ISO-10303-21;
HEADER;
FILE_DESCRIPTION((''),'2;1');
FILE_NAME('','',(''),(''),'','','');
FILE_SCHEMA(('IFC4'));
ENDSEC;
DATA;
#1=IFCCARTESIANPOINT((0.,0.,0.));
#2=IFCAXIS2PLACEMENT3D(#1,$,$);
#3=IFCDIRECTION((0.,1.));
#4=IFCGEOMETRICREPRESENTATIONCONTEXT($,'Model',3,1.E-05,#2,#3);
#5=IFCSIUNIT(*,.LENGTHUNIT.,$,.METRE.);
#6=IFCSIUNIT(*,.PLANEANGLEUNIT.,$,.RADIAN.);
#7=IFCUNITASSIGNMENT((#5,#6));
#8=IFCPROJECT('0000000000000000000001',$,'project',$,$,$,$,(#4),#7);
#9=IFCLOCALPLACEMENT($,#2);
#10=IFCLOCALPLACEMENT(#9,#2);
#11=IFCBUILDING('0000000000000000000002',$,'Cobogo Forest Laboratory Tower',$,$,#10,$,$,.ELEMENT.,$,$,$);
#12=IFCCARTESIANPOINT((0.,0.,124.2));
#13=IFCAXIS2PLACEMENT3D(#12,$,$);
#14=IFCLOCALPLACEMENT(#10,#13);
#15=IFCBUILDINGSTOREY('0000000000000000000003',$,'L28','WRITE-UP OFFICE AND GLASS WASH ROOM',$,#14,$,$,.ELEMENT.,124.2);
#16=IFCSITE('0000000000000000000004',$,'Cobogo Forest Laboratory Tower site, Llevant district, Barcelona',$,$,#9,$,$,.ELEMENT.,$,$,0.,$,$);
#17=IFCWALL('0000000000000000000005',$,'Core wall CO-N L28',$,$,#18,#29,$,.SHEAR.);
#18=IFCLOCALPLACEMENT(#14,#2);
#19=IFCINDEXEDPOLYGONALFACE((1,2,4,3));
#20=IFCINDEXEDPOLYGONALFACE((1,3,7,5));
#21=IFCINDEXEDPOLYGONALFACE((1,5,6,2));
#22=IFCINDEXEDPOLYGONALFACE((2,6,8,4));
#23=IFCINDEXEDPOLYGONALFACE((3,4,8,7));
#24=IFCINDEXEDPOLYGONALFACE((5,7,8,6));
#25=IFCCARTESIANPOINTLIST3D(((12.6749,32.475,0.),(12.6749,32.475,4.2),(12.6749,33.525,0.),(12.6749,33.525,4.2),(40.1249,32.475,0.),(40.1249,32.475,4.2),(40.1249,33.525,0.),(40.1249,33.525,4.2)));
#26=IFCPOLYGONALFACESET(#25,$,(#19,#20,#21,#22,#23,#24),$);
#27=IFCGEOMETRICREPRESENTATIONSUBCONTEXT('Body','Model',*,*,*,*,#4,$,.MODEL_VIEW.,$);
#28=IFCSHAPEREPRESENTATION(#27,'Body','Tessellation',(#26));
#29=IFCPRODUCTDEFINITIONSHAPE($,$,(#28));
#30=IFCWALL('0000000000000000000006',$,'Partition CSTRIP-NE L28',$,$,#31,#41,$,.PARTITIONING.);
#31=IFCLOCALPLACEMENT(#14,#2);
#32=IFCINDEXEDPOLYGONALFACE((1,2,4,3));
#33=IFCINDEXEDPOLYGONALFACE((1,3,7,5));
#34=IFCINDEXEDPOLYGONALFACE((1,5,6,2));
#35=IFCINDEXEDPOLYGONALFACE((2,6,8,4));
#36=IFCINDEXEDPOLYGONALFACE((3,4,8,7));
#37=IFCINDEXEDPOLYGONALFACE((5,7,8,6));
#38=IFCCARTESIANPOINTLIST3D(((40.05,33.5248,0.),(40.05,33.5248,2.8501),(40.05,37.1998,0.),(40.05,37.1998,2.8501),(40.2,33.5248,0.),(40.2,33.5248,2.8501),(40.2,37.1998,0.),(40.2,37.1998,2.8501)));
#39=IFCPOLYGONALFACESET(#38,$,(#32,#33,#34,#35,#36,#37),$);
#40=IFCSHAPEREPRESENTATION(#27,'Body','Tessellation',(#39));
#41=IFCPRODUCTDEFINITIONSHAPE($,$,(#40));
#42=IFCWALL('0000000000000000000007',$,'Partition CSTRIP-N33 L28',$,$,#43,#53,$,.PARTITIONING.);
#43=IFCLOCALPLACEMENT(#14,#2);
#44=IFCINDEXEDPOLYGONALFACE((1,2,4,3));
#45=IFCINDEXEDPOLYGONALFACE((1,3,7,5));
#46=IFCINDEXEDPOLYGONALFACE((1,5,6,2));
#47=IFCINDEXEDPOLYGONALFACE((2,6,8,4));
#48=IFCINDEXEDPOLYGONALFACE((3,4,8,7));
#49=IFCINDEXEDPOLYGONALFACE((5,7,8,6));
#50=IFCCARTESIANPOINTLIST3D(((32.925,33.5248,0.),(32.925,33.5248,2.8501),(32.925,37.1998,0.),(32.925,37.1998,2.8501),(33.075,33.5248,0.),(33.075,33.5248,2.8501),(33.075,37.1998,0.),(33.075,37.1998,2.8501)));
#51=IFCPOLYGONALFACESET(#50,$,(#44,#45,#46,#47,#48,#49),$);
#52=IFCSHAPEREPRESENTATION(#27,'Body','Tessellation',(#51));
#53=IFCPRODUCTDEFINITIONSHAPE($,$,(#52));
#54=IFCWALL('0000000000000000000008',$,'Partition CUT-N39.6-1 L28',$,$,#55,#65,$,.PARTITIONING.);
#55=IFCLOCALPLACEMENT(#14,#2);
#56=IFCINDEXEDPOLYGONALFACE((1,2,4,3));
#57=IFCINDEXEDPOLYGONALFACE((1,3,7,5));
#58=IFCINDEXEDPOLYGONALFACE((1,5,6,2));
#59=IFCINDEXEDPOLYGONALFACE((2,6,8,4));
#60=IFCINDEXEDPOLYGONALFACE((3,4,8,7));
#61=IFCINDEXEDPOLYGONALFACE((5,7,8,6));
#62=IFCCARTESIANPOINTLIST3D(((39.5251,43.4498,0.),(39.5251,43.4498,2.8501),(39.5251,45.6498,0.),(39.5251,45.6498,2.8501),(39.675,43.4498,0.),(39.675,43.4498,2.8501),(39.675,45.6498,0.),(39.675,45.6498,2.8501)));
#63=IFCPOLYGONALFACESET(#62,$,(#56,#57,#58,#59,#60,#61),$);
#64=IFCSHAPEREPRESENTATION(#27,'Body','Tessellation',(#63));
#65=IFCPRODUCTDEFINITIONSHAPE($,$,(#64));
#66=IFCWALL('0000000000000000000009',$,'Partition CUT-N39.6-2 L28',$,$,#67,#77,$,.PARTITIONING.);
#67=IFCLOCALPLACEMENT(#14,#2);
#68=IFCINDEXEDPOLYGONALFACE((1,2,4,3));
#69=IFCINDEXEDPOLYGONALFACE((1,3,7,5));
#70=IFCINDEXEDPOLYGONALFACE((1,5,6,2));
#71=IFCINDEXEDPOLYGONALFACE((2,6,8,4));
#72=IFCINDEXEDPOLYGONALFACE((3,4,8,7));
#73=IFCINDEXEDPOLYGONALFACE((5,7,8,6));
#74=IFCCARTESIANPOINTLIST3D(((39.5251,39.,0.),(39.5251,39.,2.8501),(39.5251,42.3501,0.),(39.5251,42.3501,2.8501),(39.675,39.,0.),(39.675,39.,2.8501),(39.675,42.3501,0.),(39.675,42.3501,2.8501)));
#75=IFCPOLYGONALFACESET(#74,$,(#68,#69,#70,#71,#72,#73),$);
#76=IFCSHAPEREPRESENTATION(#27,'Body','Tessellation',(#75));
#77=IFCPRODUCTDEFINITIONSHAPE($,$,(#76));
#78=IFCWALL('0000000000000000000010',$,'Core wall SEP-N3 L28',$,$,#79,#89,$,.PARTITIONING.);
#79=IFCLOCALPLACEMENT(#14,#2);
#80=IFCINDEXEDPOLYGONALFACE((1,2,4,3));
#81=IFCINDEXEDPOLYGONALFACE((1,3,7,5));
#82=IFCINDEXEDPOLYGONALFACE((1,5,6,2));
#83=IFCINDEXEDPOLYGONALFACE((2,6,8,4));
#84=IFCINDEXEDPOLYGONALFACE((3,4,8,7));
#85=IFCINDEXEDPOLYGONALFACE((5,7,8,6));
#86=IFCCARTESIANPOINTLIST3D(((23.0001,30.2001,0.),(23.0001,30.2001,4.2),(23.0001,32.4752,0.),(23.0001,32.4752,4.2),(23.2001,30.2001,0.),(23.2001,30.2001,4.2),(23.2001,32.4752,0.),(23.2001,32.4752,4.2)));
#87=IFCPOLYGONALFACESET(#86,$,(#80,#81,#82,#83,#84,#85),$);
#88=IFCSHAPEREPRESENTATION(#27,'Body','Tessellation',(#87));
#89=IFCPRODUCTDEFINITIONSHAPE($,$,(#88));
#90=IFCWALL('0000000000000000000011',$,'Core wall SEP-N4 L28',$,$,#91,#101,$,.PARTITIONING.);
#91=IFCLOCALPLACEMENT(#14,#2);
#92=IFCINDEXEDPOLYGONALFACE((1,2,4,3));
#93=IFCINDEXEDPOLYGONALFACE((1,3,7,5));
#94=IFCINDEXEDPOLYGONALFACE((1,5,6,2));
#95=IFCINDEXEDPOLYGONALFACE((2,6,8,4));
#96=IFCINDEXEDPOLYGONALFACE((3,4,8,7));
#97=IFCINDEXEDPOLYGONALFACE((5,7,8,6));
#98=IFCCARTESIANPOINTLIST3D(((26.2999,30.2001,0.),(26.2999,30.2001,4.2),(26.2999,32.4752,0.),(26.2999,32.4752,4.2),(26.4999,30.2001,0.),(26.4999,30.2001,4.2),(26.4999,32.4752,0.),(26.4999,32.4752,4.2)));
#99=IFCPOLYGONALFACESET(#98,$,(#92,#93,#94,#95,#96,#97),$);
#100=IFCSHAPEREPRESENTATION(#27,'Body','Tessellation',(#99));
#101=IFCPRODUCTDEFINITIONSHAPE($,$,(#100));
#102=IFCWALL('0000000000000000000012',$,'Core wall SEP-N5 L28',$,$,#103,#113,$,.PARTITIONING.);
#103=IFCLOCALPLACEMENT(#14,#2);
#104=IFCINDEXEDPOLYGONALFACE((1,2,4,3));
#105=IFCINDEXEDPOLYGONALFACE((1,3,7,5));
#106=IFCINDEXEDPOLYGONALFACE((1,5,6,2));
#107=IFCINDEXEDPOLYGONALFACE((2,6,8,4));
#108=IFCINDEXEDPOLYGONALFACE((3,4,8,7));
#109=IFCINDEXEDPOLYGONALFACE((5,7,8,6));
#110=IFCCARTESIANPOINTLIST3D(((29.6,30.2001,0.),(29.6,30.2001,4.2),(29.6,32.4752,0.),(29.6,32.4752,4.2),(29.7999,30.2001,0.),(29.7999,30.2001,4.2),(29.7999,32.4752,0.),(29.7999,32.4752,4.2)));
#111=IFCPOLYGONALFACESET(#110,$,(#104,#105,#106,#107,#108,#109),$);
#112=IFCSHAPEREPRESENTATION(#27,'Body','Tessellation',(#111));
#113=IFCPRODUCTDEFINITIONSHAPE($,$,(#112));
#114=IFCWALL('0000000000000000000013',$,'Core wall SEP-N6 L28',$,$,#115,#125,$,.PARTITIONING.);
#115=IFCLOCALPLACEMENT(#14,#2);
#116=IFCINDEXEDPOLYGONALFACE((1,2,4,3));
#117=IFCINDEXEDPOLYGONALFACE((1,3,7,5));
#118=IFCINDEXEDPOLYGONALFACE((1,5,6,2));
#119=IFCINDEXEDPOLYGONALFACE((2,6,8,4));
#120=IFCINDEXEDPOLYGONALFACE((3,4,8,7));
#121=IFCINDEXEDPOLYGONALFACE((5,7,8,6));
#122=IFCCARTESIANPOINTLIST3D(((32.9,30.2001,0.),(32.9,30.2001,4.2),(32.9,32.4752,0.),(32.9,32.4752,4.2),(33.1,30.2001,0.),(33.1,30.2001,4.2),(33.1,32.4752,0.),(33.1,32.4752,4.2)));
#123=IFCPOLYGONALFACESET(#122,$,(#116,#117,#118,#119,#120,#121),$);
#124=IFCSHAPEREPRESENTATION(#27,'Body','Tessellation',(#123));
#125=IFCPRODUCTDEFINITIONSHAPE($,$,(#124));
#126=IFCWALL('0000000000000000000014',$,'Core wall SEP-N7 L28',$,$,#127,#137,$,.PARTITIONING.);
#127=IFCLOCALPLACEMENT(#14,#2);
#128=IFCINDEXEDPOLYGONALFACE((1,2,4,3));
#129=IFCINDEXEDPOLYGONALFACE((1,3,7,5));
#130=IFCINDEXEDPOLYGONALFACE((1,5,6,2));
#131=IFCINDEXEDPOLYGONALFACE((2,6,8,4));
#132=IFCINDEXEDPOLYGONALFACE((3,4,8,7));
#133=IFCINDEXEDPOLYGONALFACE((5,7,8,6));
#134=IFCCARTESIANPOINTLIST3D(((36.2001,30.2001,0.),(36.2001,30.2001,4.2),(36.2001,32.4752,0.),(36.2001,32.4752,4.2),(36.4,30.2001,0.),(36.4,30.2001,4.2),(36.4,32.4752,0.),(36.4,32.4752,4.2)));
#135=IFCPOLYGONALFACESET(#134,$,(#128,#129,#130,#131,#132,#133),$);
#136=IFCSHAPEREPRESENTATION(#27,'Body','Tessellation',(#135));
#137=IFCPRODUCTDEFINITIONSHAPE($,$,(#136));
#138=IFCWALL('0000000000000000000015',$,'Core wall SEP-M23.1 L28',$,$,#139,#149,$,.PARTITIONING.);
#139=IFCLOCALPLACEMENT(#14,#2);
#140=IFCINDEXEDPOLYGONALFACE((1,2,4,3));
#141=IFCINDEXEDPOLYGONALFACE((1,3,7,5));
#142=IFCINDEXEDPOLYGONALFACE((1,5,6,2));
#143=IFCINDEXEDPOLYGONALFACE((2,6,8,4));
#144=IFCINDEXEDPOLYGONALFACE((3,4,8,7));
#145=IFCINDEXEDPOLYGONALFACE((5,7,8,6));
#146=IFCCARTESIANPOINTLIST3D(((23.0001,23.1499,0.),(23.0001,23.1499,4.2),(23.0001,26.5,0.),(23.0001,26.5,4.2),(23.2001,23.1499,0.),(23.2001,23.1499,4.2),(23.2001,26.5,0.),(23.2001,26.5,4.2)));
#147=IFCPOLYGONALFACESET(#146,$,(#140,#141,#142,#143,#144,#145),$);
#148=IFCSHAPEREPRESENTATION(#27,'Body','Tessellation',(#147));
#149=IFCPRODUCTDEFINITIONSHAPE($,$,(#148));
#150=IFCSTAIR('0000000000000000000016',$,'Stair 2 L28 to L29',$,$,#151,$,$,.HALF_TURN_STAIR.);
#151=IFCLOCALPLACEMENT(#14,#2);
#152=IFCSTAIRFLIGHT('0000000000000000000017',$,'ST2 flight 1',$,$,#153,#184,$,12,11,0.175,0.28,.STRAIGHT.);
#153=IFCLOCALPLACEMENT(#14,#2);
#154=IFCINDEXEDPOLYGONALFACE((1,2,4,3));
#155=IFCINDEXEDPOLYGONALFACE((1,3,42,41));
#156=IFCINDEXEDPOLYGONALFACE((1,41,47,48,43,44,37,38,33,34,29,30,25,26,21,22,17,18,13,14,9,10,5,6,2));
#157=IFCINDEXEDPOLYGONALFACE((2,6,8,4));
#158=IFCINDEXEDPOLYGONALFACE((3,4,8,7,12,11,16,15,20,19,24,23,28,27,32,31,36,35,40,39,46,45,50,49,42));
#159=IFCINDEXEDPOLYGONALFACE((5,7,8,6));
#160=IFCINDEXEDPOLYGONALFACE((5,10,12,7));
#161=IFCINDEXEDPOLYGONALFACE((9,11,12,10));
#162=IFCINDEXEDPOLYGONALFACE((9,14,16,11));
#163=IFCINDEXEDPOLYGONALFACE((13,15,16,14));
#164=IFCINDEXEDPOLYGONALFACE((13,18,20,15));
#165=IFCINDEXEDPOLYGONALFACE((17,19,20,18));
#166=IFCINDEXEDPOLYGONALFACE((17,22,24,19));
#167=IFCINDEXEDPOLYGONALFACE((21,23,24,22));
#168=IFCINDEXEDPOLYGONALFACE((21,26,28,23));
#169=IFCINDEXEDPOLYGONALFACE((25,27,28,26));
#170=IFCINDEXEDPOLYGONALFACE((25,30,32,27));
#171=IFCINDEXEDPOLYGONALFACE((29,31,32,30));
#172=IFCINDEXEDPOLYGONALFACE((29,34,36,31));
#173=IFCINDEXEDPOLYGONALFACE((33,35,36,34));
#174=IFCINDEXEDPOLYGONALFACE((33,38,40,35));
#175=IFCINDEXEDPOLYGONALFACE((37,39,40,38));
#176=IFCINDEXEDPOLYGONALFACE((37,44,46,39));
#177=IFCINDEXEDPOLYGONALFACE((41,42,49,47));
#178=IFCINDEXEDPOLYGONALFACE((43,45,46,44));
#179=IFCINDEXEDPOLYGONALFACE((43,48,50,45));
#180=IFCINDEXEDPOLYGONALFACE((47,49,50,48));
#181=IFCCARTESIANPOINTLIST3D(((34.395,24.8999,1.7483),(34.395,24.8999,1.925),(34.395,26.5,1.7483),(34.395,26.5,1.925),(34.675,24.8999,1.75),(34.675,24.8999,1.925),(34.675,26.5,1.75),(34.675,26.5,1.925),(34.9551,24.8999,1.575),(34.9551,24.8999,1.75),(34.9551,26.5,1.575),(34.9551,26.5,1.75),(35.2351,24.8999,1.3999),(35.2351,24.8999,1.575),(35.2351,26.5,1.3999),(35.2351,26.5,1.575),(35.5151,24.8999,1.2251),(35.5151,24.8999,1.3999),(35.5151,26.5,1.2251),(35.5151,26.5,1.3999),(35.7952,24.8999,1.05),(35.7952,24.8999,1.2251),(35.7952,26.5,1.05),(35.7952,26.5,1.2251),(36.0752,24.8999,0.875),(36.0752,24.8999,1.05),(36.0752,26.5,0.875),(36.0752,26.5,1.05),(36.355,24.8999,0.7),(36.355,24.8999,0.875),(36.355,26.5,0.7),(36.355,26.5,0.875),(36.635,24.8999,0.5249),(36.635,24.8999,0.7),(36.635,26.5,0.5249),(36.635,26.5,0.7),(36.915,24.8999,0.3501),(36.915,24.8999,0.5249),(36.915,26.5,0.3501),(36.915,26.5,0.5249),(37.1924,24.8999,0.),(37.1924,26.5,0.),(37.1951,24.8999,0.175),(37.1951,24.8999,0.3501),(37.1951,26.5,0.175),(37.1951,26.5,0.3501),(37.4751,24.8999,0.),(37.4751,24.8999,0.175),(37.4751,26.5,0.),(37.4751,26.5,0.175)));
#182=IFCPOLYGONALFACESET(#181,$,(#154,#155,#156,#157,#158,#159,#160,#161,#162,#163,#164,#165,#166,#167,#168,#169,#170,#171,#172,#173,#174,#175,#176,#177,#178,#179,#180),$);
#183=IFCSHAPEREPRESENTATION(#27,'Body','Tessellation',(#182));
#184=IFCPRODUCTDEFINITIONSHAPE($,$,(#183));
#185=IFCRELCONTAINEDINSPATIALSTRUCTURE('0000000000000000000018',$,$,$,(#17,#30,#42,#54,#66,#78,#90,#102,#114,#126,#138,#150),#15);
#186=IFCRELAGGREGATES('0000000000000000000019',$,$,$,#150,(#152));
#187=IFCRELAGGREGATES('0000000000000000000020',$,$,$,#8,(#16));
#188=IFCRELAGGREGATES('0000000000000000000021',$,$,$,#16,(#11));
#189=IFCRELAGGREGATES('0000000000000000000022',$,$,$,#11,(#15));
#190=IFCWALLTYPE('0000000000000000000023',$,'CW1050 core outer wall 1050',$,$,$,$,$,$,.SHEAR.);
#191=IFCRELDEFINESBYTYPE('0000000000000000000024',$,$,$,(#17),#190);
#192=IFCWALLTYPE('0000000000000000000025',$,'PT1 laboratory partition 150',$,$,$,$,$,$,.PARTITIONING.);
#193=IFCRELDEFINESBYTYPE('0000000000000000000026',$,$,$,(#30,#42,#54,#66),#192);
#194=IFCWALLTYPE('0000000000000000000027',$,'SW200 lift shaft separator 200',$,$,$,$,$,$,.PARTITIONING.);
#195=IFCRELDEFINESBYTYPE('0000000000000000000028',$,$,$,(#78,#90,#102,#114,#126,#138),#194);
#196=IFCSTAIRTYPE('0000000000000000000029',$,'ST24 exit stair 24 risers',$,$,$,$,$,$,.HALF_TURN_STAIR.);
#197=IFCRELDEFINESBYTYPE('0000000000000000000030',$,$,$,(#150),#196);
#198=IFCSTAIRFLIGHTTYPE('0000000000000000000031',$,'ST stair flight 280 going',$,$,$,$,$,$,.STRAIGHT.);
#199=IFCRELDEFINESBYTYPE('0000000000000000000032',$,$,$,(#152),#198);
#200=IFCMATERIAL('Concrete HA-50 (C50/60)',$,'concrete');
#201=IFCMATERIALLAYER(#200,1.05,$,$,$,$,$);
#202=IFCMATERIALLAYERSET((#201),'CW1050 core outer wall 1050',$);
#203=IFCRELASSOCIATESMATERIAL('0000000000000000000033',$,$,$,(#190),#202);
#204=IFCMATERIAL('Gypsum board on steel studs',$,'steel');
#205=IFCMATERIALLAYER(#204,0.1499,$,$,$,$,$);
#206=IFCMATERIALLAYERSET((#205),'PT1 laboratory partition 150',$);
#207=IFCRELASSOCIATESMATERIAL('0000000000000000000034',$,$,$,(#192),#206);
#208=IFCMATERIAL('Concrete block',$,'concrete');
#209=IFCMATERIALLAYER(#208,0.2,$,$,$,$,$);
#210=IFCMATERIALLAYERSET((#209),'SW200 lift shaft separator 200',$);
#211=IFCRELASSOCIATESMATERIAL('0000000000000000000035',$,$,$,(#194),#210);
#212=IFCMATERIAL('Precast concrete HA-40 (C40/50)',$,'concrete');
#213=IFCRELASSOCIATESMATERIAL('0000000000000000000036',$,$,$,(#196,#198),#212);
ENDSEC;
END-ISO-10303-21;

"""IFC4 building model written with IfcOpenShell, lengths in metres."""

from ifc_helpers import new_model, si_unit, direction, frame, frame_2d, origin, place, context, subcontext, project, spatial, polyline, rectangle, outline, extrude, material, layer, layer_set, type_object, element, aggregate, save


model = new_model("IFC4")

# Units and contexts
model_context = context("Model", 3, precision=1e-05, world=origin(), true_north=direction((0.0, 1.0)))
body_context = subcontext(model_context, "Body", "Model", "MODEL_VIEW")
ifc_project = project(units=[si_unit("LENGTHUNIT", "METRE"), si_unit("PLANEANGLEUNIT", "RADIAN")], contexts=[model_context])

# Site, building, storey
site_placement = place(None, origin())
site = spatial("IfcSite", under=ifc_project, at=site_placement, Name="Cobogo Forest Laboratory Tower site, Llevant district, Barcelona", CompositionType="ELEMENT", RefElevation=0.0)
building_placement = place(site_placement, origin())
building = spatial("IfcBuilding", under=site, at=building_placement, Name="Cobogo Forest Laboratory Tower", CompositionType="ELEMENT")
storey_placement = place(building_placement, frame((0.0, 0.0, 124.2)))
storey = spatial("IfcBuildingStorey", under=building, at=storey_placement, Name="L28", Description="WRITE-UP OFFICE AND GLASS WASH ROOM", CompositionType="ELEMENT", Elevation=124.2)

# Shared definitions
ifc_material_1 = material(Name="Concrete HA-50 (C50/60)", Category="concrete")

# Walls
ifc_layer_1 = layer(ifc_material_1, 1.05)
ifc_layer_set_1 = layer_set([ifc_layer_1], Name="CW1050 core outer wall 1050")
wall_type_1 = type_object("IfcWallType", Name="CW1050 core outer wall 1050", PredefinedType="SHEAR", material=ifc_layer_set_1)
wall_1_placement = place(storey_placement, frame((40.125, 33.0, 0.0), z_axis=(0.0, 0.0, 1.0), x_axis=(-1.0, 0.0, 0.0)))
element("IfcWall", 1, at=wall_1_placement, inside=storey, type_object=wall_type_1, Name="Core wall CO-N L28", PredefinedType="SHEAR", context=body_context, shape_type="SweptSolid", body=[
    extrude(rectangle(XDim=27.45, YDim=1.05, at=frame_2d((13.7251, 0.0))), origin(), (0.0, 0.0, 1.0), 4.2),
])
ifc_material_2 = material(Name="Gypsum board on steel studs", Category="steel")
ifc_layer_2 = layer(ifc_material_2, 0.1499)
ifc_layer_set_2 = layer_set([ifc_layer_2], Name="PT1 laboratory partition 150")
wall_type_2 = type_object("IfcWallType", Name="PT1 laboratory partition 150", PredefinedType="PARTITIONING", material=ifc_layer_set_2)
for number, where, z_axis, x_axis, name in (
    (2, (40.125, 33.5249, 0.0), (0.0, 0.0, 1.0), (0.0, 1.0, 0.0), "Partition CSTRIP-NE L28"),
    (3, (33.0, 33.5249, 0.0), (0.0, 0.0, 1.0), (0.0, 1.0, 0.0), "Partition CSTRIP-N33 L28"),
):
    element("IfcWall", number, at=place(storey_placement, frame(where, z_axis=z_axis, x_axis=x_axis)), inside=storey, type_object=wall_type_2, Name=name, PredefinedType="PARTITIONING", context=body_context, shape_type="SweptSolid", body=[
        extrude(rectangle(XDim=3.675, YDim=0.1499, at=frame_2d((1.8374, 0.0))), origin(), (0.0, 0.0, 1.0), 2.8501),
    ])
wall_2_placement = place(storey_placement, frame((39.6001, 45.6499, 0.0), z_axis=(0.0, 0.0, 1.0), x_axis=(0.0, -1.0, 0.0)))
element("IfcWall", 4, at=wall_2_placement, inside=storey, type_object=wall_type_2, Name="Partition CUT-N39.6-1 L28", PredefinedType="PARTITIONING", context=body_context, shape_type="SweptSolid", body=[
    extrude(rectangle(XDim=2.2, YDim=0.1499, at=frame_2d((1.1001, 0.0))), origin(), (0.0, 0.0, 1.0), 2.8501),
])
wall_3_placement = place(storey_placement, frame((39.6001, 42.3501, 0.0), z_axis=(0.0, 0.0, 1.0), x_axis=(0.0, -1.0, 0.0)))
element("IfcWall", 5, at=wall_3_placement, inside=storey, type_object=wall_type_2, Name="Partition CUT-N39.6-2 L28", PredefinedType="PARTITIONING", context=body_context, shape_type="SweptSolid", body=[
    extrude(rectangle(XDim=3.3501, YDim=0.1499, at=frame_2d((1.675, 0.0))), origin(), (0.0, 0.0, 1.0), 2.8501),
])
ifc_material_3 = material(Name="Concrete block", Category="concrete")
ifc_layer_3 = layer(ifc_material_3, 0.2)
ifc_layer_set_3 = layer_set([ifc_layer_3], Name="SW200 lift shaft separator 200")
wall_type_3 = type_object("IfcWallType", Name="SW200 lift shaft separator 200", PredefinedType="PARTITIONING", material=ifc_layer_set_3)
for number, where, z_axis, x_axis, name in (
    (6, (23.1001, 30.2, 0.0), (0.0, 0.0, 1.0), (0.0, 1.0, 0.0), "Core wall SEP-N3 L28"),
    (7, (26.3999, 30.2, 0.0), (0.0, 0.0, 1.0), (0.0, 1.0, 0.0), "Core wall SEP-N4 L28"),
    (8, (29.7, 30.2, 0.0), (0.0, 0.0, 1.0), (0.0, 1.0, 0.0), "Core wall SEP-N5 L28"),
    (9, (33.0, 30.2, 0.0), (0.0, 0.0, 1.0), (0.0, 1.0, 0.0), "Core wall SEP-N6 L28"),
    (10, (36.3, 30.2, 0.0), (0.0, 0.0, 1.0), (0.0, 1.0, 0.0), "Core wall SEP-N7 L28"),
):
    element("IfcWall", number, at=place(storey_placement, frame(where, z_axis=z_axis, x_axis=x_axis)), inside=storey, type_object=wall_type_3, Name=name, PredefinedType="PARTITIONING", context=body_context, shape_type="SweptSolid", body=[
        extrude(rectangle(XDim=2.2751, YDim=0.2, at=frame_2d((1.1377, 0.0))), origin(), (0.0, 0.0, 1.0), 4.2),
    ])
wall_4_placement = place(storey_placement, frame((23.1001, 23.1499, 0.0), z_axis=(0.0, 0.0, 1.0), x_axis=(0.0, 1.0, 0.0)))
element("IfcWall", 11, at=wall_4_placement, inside=storey, type_object=wall_type_3, Name="Core wall SEP-M23.1 L28", PredefinedType="PARTITIONING", context=body_context, shape_type="SweptSolid", body=[
    extrude(rectangle(XDim=3.3501, YDim=0.2, at=frame_2d((1.675, 0.0))), origin(), (0.0, 0.0, 1.0), 4.2),
])

# Stair, stair flight
ifc_material_4 = material(Name="Precast concrete HA-40 (C40/50)", Category="concrete")
stair_type = type_object("IfcStairType", Name="ST24 exit stair 24 risers", PredefinedType="HALF_TURN_STAIR", material=ifc_material_4)
stair_placement = place(storey_placement, origin())
stair = element("IfcStair", 12, at=stair_placement, inside=storey, type_object=stair_type, Name="Stair 2 L28 to L29", PredefinedType="HALF_TURN_STAIR")
stair_flight_type = type_object("IfcStairFlightType", Name="ST stair flight 280 going", PredefinedType="STRAIGHT", material=ifc_material_4)
stair_flight_1_placement = place(storey_placement, frame((37.4751, 25.7, 0.0), z_axis=(0.0, 0.0, 1.0), x_axis=(-1.0, 0.0, 0.0)))
stair_flight_1 = element("IfcStairFlight", 13, at=stair_flight_1_placement, type_object=stair_flight_type, Name="ST2 flight 1", NumberOfRisers=12, NumberOfTreads=11, PredefinedType="STRAIGHT", RiserHeight=0.175, TreadLength=0.28, context=body_context, shape_type="SweptSolid", body=[
    extrude(outline(polyline([(0.0, 0.0), (0.0, 0.175), (0.28, 0.175), (0.28, 0.3501), (0.5601, 0.3501), (0.5601, 0.5249), (0.8401, 0.5249), (0.8401, 0.7), (1.1201, 0.7), (1.1201, 0.875), (1.3999, 0.875), (1.3999, 1.05), (1.6799, 1.05), (1.6799, 1.2251), (1.96, 1.2251), (1.96, 1.3999), (2.24, 1.3999), (2.24, 1.575), (2.52, 1.575), (2.52, 1.75), (2.8, 1.75), (2.8, 1.925), (3.0801, 1.925), (3.0801, 2.1001), (3.0801, 1.7483), (0.2827, 0.0), (0.0, 0.0)])), frame((0.0, 0.8, 0.0), z_axis=(0.0, -1.0, 0.0), x_axis=(1.0, 0.0, 0.0)), (0.0, 0.0, 1.0), 1.6001),
])
aggregate(stair, [stair_flight_1])

save(model, "model.ifc")
